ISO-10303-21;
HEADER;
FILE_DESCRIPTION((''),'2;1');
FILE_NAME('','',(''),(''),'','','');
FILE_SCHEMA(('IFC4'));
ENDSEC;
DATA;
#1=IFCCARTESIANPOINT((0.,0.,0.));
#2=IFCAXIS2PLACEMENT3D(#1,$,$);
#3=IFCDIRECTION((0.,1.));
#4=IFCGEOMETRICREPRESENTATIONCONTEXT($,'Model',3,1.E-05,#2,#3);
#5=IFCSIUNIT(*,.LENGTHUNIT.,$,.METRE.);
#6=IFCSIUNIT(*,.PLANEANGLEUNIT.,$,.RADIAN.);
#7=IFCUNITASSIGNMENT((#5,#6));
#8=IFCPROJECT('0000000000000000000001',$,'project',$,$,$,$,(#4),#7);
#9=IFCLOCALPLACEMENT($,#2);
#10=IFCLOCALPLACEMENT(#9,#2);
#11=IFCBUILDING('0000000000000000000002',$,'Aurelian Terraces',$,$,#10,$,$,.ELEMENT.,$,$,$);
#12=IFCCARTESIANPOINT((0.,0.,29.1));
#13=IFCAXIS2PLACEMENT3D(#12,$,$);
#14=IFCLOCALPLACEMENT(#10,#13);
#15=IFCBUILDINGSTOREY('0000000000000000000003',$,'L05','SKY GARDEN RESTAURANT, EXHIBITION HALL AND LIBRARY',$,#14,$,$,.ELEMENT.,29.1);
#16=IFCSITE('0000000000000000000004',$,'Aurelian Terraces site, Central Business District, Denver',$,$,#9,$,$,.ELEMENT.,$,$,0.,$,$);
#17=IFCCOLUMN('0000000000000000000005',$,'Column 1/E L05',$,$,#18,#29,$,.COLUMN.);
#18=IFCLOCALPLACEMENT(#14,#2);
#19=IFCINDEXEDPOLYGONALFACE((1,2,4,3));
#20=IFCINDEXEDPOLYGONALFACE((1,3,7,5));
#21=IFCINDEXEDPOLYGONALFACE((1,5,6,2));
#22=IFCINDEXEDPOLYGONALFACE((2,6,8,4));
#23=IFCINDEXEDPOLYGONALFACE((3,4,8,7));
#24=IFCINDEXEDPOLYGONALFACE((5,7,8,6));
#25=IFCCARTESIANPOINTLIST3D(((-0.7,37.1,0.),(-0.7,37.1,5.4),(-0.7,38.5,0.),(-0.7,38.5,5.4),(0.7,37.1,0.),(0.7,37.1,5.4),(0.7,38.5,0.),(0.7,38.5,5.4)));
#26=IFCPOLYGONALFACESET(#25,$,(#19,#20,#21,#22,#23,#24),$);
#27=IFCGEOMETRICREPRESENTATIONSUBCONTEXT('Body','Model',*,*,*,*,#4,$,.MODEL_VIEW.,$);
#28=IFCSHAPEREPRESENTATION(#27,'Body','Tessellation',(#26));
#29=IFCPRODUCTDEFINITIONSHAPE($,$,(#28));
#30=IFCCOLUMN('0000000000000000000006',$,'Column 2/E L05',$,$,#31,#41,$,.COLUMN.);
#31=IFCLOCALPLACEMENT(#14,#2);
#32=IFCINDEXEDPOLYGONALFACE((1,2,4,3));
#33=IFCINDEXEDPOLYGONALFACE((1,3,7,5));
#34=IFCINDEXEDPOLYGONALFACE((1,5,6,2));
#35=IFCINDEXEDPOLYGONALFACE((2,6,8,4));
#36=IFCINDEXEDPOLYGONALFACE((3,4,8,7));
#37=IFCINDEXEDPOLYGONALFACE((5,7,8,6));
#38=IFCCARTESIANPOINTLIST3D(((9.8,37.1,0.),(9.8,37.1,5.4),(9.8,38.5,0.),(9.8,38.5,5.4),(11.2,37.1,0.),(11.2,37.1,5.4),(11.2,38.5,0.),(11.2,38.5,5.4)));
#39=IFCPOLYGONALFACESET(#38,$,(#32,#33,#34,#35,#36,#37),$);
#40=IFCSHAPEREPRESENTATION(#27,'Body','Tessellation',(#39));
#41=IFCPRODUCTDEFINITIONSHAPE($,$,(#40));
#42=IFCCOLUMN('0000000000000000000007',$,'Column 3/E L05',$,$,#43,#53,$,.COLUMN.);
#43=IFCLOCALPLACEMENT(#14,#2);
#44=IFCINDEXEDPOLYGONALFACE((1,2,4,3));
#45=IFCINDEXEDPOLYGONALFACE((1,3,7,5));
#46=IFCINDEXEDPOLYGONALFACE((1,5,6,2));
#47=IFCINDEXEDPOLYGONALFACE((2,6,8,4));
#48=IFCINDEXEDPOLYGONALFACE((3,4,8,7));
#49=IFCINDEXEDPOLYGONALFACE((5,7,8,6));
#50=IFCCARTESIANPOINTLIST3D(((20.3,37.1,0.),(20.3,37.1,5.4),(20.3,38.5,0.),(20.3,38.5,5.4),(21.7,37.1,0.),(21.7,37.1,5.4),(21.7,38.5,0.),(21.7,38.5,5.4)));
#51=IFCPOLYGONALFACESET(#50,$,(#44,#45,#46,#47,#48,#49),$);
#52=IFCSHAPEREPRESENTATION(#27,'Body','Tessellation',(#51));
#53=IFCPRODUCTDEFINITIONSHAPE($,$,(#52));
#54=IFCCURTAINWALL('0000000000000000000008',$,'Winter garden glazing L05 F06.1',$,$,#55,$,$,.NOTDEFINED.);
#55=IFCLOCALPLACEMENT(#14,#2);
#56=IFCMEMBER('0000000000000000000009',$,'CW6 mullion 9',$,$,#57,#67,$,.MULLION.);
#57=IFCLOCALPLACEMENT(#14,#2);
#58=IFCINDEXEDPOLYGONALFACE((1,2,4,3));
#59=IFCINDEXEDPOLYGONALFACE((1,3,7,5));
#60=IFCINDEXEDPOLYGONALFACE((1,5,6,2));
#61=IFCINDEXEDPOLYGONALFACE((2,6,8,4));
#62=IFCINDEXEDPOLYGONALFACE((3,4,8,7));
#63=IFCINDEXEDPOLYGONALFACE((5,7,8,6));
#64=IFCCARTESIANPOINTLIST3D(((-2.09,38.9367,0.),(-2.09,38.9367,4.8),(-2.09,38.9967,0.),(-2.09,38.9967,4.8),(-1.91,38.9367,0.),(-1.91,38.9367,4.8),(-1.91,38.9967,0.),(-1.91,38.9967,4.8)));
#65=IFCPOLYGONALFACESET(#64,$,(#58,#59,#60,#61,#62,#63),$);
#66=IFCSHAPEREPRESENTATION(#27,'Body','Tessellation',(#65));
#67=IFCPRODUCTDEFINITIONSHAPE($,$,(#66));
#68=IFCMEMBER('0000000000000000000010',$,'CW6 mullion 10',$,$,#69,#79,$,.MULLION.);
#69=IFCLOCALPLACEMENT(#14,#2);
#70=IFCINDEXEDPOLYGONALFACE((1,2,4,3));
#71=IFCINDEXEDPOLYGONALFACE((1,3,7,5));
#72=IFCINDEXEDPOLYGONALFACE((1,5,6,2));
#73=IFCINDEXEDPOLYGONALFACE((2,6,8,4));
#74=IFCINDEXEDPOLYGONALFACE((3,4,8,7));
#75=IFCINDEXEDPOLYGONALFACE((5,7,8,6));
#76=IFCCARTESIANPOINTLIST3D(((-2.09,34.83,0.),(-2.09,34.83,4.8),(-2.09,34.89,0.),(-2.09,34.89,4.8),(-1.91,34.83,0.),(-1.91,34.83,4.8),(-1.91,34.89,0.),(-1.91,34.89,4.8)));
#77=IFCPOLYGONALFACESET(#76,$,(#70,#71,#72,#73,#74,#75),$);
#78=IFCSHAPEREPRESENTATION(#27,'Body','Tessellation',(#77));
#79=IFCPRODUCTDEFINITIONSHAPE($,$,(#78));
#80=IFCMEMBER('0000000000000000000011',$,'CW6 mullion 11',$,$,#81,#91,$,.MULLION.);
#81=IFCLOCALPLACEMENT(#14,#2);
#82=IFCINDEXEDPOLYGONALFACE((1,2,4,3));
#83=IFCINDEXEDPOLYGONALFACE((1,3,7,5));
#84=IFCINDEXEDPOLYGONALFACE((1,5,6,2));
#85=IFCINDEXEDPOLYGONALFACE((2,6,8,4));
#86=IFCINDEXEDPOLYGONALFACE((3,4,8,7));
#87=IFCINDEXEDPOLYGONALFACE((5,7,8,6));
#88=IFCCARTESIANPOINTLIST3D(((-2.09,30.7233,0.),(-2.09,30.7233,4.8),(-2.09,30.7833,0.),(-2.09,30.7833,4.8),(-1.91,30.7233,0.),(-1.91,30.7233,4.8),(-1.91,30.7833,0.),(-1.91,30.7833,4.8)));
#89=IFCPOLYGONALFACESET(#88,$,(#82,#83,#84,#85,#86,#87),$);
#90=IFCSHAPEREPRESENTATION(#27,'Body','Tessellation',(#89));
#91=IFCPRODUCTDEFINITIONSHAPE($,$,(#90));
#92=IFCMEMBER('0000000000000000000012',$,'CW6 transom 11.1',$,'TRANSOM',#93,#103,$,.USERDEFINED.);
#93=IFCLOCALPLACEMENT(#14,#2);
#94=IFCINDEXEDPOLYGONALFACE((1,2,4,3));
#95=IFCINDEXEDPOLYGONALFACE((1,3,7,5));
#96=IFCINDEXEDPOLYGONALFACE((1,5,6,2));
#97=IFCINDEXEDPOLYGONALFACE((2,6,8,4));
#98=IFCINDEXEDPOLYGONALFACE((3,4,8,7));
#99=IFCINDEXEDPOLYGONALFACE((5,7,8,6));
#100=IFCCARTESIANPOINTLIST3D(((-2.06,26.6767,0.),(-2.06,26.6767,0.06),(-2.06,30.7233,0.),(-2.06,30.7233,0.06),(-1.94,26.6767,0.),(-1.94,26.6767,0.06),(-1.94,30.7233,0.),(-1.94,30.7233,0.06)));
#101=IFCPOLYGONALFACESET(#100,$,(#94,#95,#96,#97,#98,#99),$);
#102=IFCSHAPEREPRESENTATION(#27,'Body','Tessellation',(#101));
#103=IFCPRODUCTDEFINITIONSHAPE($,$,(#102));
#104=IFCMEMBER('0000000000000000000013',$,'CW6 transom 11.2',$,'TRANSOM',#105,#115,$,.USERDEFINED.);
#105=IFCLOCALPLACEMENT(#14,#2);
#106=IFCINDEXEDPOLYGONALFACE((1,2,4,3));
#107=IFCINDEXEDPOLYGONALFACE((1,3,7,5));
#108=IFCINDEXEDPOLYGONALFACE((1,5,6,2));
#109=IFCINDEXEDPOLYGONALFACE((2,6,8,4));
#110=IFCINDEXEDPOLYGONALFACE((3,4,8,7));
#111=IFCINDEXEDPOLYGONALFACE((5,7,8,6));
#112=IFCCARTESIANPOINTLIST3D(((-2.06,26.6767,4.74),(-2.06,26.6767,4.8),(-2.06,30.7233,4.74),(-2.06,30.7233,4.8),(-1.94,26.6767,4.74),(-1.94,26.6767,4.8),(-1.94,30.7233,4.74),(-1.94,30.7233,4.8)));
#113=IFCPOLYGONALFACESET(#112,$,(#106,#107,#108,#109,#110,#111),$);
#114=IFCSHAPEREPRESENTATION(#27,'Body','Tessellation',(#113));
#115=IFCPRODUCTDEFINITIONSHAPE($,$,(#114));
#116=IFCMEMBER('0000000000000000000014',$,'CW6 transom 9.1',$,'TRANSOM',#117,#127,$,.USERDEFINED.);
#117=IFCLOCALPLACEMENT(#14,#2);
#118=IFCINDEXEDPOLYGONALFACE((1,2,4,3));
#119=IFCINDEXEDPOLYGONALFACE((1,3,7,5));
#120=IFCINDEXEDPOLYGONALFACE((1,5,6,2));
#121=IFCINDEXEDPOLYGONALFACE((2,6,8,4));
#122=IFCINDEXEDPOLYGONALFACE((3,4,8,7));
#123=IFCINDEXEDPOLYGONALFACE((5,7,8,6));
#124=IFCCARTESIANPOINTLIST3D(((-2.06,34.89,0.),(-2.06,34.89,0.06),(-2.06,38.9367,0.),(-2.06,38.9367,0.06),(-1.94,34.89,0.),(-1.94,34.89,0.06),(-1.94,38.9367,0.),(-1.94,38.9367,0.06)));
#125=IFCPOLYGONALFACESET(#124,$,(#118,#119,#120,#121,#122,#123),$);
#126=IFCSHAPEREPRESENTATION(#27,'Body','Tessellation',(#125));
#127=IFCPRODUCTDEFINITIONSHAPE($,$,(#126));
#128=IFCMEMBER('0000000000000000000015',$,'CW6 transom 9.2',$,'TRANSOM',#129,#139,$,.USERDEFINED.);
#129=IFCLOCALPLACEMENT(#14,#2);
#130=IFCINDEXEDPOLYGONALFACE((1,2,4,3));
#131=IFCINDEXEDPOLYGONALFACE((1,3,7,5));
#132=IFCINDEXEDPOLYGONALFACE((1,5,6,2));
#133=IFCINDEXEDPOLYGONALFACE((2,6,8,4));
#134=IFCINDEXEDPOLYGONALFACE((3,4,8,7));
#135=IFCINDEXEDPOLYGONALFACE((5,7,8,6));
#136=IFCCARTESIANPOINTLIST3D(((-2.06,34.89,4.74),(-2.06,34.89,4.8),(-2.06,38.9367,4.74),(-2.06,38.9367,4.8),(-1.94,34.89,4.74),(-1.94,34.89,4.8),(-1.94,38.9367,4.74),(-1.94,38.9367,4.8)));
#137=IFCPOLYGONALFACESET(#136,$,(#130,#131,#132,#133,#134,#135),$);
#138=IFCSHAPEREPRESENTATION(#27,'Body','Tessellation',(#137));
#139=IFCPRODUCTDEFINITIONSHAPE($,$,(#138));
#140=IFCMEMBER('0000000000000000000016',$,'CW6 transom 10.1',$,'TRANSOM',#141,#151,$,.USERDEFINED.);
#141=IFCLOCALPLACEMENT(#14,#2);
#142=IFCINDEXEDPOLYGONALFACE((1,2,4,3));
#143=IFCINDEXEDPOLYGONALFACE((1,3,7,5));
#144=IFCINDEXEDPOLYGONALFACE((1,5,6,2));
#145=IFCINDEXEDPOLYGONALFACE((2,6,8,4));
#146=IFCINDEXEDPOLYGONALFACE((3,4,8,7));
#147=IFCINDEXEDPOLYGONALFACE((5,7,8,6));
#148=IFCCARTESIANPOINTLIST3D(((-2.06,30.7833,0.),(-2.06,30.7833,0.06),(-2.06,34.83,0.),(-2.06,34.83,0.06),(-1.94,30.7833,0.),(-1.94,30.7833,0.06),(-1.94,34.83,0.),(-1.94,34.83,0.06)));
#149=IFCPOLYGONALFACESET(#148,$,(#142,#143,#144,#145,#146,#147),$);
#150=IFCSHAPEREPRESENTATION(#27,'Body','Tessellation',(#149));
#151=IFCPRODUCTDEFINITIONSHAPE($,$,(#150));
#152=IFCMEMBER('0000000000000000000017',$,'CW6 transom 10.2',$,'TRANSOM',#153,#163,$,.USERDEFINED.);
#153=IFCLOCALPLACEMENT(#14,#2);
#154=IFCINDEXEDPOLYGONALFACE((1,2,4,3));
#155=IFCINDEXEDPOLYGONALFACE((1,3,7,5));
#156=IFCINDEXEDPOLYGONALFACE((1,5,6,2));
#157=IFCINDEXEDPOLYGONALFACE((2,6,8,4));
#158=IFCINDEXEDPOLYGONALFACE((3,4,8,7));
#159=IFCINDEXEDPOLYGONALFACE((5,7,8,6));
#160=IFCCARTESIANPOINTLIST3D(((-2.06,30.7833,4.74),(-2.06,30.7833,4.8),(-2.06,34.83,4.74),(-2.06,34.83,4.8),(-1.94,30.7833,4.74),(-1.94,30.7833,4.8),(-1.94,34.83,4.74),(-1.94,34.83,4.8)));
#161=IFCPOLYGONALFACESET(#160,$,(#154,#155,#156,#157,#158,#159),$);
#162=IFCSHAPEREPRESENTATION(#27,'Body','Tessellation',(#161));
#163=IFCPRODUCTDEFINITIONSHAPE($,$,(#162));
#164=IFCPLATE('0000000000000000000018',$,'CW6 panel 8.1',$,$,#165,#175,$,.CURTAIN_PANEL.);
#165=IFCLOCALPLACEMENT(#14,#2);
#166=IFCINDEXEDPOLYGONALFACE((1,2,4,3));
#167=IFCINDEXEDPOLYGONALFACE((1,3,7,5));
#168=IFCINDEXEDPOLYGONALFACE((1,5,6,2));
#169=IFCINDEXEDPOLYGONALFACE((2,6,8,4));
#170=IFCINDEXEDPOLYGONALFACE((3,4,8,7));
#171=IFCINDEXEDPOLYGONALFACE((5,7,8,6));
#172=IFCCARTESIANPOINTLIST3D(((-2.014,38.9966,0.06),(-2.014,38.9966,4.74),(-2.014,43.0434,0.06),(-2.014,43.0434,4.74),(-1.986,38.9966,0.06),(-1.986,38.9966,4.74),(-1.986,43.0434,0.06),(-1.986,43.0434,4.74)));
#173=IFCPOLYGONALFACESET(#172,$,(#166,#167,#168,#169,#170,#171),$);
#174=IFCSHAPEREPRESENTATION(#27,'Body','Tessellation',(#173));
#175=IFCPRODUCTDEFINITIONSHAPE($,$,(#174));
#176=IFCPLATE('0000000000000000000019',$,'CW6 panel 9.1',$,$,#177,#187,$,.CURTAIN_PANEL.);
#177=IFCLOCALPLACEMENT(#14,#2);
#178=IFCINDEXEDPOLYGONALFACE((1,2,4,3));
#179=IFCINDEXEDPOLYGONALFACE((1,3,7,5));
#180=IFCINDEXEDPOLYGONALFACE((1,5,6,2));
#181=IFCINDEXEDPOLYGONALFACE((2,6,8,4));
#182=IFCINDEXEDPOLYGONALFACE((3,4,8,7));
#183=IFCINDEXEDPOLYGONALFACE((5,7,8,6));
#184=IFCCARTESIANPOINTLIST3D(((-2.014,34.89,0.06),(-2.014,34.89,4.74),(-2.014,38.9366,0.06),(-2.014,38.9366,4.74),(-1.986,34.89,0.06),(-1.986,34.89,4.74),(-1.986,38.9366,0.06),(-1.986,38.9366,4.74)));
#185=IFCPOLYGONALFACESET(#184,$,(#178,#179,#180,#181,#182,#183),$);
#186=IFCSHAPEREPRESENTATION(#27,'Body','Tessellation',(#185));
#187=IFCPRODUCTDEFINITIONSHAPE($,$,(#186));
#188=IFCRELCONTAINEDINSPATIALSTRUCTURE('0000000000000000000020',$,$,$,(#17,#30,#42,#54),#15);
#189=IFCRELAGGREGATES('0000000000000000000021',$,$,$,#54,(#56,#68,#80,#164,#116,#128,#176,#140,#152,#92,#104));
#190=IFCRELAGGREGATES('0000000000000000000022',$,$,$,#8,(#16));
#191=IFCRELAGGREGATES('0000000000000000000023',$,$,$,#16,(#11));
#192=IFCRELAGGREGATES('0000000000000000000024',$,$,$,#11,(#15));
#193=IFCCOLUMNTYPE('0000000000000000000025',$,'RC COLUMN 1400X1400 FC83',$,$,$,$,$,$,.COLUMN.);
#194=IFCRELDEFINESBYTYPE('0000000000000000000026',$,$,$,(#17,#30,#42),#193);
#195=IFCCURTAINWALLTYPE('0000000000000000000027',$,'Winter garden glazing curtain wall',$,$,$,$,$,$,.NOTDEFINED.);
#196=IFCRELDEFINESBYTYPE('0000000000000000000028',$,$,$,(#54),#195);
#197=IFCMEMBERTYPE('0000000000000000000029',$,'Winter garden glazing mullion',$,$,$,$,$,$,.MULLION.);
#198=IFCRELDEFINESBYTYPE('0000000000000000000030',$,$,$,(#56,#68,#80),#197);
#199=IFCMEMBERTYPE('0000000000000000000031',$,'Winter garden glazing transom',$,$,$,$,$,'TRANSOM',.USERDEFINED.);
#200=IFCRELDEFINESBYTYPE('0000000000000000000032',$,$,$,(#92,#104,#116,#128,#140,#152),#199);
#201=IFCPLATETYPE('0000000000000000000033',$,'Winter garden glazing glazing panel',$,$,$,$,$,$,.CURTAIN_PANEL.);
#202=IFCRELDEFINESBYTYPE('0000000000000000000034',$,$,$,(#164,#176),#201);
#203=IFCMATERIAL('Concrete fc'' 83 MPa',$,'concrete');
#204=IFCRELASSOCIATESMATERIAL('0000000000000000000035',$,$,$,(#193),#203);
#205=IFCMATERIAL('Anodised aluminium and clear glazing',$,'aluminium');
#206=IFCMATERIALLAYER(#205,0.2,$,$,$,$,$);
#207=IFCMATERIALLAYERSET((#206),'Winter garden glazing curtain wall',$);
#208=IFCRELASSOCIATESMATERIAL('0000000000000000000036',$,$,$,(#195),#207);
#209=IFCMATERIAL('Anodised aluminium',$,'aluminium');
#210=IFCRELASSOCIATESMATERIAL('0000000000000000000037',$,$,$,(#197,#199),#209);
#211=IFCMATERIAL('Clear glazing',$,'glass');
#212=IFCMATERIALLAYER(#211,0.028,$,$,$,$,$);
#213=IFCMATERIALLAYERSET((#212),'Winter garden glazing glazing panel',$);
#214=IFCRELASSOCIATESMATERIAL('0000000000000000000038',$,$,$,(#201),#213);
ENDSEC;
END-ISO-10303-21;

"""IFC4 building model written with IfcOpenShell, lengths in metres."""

from ifc_helpers import new_model, si_unit, direction, frame, origin, origin_2d, place, context, subcontext, project, spatial, rectangle, extrude, source, transform, mapped, material, layer, layer_set, material_profile, profile_set, type_object, element, aggregate, save


model = new_model("IFC4")

# Units and contexts
model_context = context("Model", 3, precision=1e-05, world=origin(), true_north=direction((0.0, 1.0)))
body_context = subcontext(model_context, "Body", "Model", "MODEL_VIEW")
ifc_project = project(units=[si_unit("LENGTHUNIT", "METRE"), si_unit("PLANEANGLEUNIT", "RADIAN")], contexts=[model_context])

# Site, building, storey
site_placement = place(None, origin())
site = spatial("IfcSite", under=ifc_project, at=site_placement, Name="Aurelian Terraces site, Central Business District, Denver", CompositionType="ELEMENT", RefElevation=0.0)
building_placement = place(site_placement, origin())
building = spatial("IfcBuilding", under=site, at=building_placement, Name="Aurelian Terraces", CompositionType="ELEMENT")
storey_placement = place(building_placement, frame((0.0, 0.0, 29.1)))
storey = spatial("IfcBuildingStorey", under=building, at=storey_placement, Name="L05", Description="SKY GARDEN RESTAURANT, EXHIBITION HALL AND LIBRARY", CompositionType="ELEMENT", Elevation=29.1)

# Columns
ifc_material_1 = material(Name="Concrete fc' 83 MPa", Category="concrete")
ifc_material_profile_1 = material_profile(ifc_material_1, rectangle(XDim=1.4, YDim=1.4, at=origin_2d()))
ifc_profile_set_1 = profile_set([ifc_material_profile_1], Name="Concrete fc' 83 MPa")
column_type = type_object("IfcColumnType", Name="RC COLUMN 1400X1400 FC83", PredefinedType="COLUMN", material=ifc_profile_set_1)
shared_shape_1 = source(origin(), body_context, "Body", "SweptSolid", [
    extrude(rectangle(XDim=1.4, YDim=1.4, at=origin_2d()), origin(), (0.0, 0.0, 1.0), 5.4),
])
for number, where, z_axis, x_axis, name in (
    (1, (0.0, 37.8, 0.0), (0.0, 0.0, 1.0), (1.0, 0.0, 0.0), "Column 1/E L05"),
    (2, (10.5, 37.8, 0.0), (0.0, 0.0, 1.0), (1.0, 0.0, 0.0), "Column 2/E L05"),
    (3, (21.0, 37.8, 0.0), (0.0, 0.0, 1.0), (1.0, 0.0, 0.0), "Column 3/E L05"),
):
    element("IfcColumn", number, at=place(storey_placement, frame(where, z_axis=z_axis, x_axis=x_axis)), inside=storey, type_object=column_type, Name=name, PredefinedType="COLUMN", context=body_context, shape_type="MappedRepresentation", body=[
        mapped(shared_shape_1, transform((0.0, 0.0, 0.0), scale=1.0)),
    ])

# Curtain wall, members, plates
ifc_material_2 = material(Name="Anodised aluminium and clear glazing", Category="aluminium")
ifc_layer_1 = layer(ifc_material_2, 0.2)
ifc_layer_set_1 = layer_set([ifc_layer_1], Name="Winter garden glazing curtain wall")
curtain_wall_type = type_object("IfcCurtainWallType", Name="Winter garden glazing curtain wall", PredefinedType="NOTDEFINED", material=ifc_layer_set_1)
curtain_wall_placement = place(storey_placement, origin())
curtain_wall = element("IfcCurtainWall", 4, at=curtain_wall_placement, inside=storey, type_object=curtain_wall_type, Name="Winter garden glazing L05 F06.1", PredefinedType="NOTDEFINED")
ifc_material_3 = material(Name="Anodised aluminium", Category="aluminium")
ifc_material_profile_2 = material_profile(ifc_material_3, rectangle(XDim=0.18, YDim=0.06, at=origin_2d()))
ifc_profile_set_2 = profile_set([ifc_material_profile_2], Name="Anodised aluminium")
member_type_1 = type_object("IfcMemberType", Name="Winter garden glazing mullion", PredefinedType="MULLION", material=ifc_profile_set_2)
shared_shape_2 = source(origin(), body_context, "Body", "SweptSolid", [
    extrude(rectangle(XDim=0.18, YDim=0.06, at=origin_2d()), origin(), (0.0, 0.0, 1.0), 4.8),
])
member_1_placement = place(storey_placement, frame((-2.0, 38.9667, 0.0), z_axis=(0.0, 0.0, 1.0), x_axis=(1.0, 0.0, 0.0)))
member_1 = element("IfcMember", 5, at=member_1_placement, type_object=member_type_1, Name="CW6 mullion 9", PredefinedType="MULLION", context=body_context, shape_type="MappedRepresentation", body=[
    mapped(shared_shape_2, transform((0.0, 0.0, 0.0), scale=1.0)),
])
member_2_placement = place(storey_placement, frame((-2.0, 34.86, 0.0), z_axis=(0.0, 0.0, 1.0), x_axis=(1.0, 0.0, 0.0)))
member_2 = element("IfcMember", 6, at=member_2_placement, type_object=member_type_1, Name="CW6 mullion 10", PredefinedType="MULLION", context=body_context, shape_type="MappedRepresentation", body=[
    mapped(shared_shape_2, transform((0.0, 0.0, 0.0), scale=1.0)),
])
member_3_placement = place(storey_placement, frame((-2.0, 30.7533, 0.0), z_axis=(0.0, 0.0, 1.0), x_axis=(1.0, 0.0, 0.0)))
member_3 = element("IfcMember", 7, at=member_3_placement, type_object=member_type_1, Name="CW6 mullion 11", PredefinedType="MULLION", context=body_context, shape_type="MappedRepresentation", body=[
    mapped(shared_shape_2, transform((0.0, 0.0, 0.0), scale=1.0)),
])
ifc_material_profile_3 = material_profile(ifc_material_3, rectangle(XDim=0.12, YDim=0.06, at=origin_2d()))
ifc_profile_set_3 = profile_set([ifc_material_profile_3], Name="Anodised aluminium")
member_type_2 = type_object("IfcMemberType", Name="Winter garden glazing transom", ElementType="TRANSOM", PredefinedType="USERDEFINED", material=ifc_profile_set_3)
shared_shape_3 = source(origin(), body_context, "Body", "SweptSolid", [
    extrude(rectangle(XDim=0.12, YDim=0.06, at=origin_2d()), origin(), (0.0, 0.0, 1.0), 4.0466),
])
member_4_placement = place(storey_placement, frame((-2.0, 30.7233, 0.03), z_axis=(0.0, -1.0, 0.0), x_axis=(1.0, 0.0, 0.0)))
member_4 = element("IfcMember", 8, at=member_4_placement, type_object=member_type_2, Name="CW6 transom 11.1", ObjectType="TRANSOM", PredefinedType="USERDEFINED", context=body_context, shape_type="MappedRepresentation", body=[
    mapped(shared_shape_3, transform((0.0, 0.0, 0.0), scale=1.0)),
])
member_5_placement = place(storey_placement, frame((-2.0, 30.7233, 4.77), z_axis=(0.0, -1.0, 0.0), x_axis=(1.0, 0.0, 0.0)))
member_5 = element("IfcMember", 9, at=member_5_placement, type_object=member_type_2, Name="CW6 transom 11.2", ObjectType="TRANSOM", PredefinedType="USERDEFINED", context=body_context, shape_type="MappedRepresentation", body=[
    mapped(shared_shape_3, transform((0.0, 0.0, 0.0), scale=1.0)),
])
shared_shape_4 = source(origin(), body_context, "Body", "SweptSolid", [
    extrude(rectangle(XDim=0.12, YDim=0.06, at=origin_2d()), origin(), (0.0, 0.0, 1.0), 4.0467),
])
member_6_placement = place(storey_placement, frame((-2.0, 38.9367, 0.03), z_axis=(0.0, -1.0, 0.0), x_axis=(1.0, 0.0, 0.0)))
member_6 = element("IfcMember", 10, at=member_6_placement, type_object=member_type_2, Name="CW6 transom 9.1", ObjectType="TRANSOM", PredefinedType="USERDEFINED", context=body_context, shape_type="MappedRepresentation", body=[
    mapped(shared_shape_4, transform((0.0, 0.0, 0.0), scale=1.0)),
])
member_7_placement = place(storey_placement, frame((-2.0, 38.9367, 4.77), z_axis=(0.0, -1.0, 0.0), x_axis=(1.0, 0.0, 0.0)))
member_7 = element("IfcMember", 11, at=member_7_placement, type_object=member_type_2, Name="CW6 transom 9.2", ObjectType="TRANSOM", PredefinedType="USERDEFINED", context=body_context, shape_type="MappedRepresentation", body=[
    mapped(shared_shape_4, transform((0.0, 0.0, 0.0), scale=1.0)),
])
member_8_placement = place(storey_placement, frame((-2.0, 34.83, 0.03), z_axis=(0.0, -1.0, 0.0), x_axis=(1.0, 0.0, 0.0)))
member_8 = element("IfcMember", 12, at=member_8_placement, type_object=member_type_2, Name="CW6 transom 10.1", ObjectType="TRANSOM", PredefinedType="USERDEFINED", context=body_context, shape_type="MappedRepresentation", body=[
    mapped(shared_shape_4, transform((0.0, 0.0, 0.0), scale=1.0)),
])
member_9_placement = place(storey_placement, frame((-2.0, 34.83, 4.77), z_axis=(0.0, -1.0, 0.0), x_axis=(1.0, 0.0, 0.0)))
member_9 = element("IfcMember", 13, at=member_9_placement, type_object=member_type_2, Name="CW6 transom 10.2", ObjectType="TRANSOM", PredefinedType="USERDEFINED", context=body_context, shape_type="MappedRepresentation", body=[
    mapped(shared_shape_4, transform((0.0, 0.0, 0.0), scale=1.0)),
])
ifc_material_4 = material(Name="Clear glazing", Category="glass")
ifc_layer_2 = layer(ifc_material_4, 0.028)
ifc_layer_set_2 = layer_set([ifc_layer_2], Name="Winter garden glazing glazing panel")
plate_type = type_object("IfcPlateType", Name="Winter garden glazing glazing panel", PredefinedType="CURTAIN_PANEL", material=ifc_layer_set_2)
shared_shape_5 = source(origin(), body_context, "Body", "SweptSolid", [
    extrude(rectangle(XDim=4.0467, YDim=0.028, at=origin_2d()), origin(), (0.0, 0.0, 1.0), 4.68),
])
plate_1_placement = place(storey_placement, frame((-2.0, 41.02, 0.06), z_axis=(0.0, 0.0, 1.0), x_axis=(0.0, -1.0, 0.0)))
plate_1 = element("IfcPlate", 14, at=plate_1_placement, type_object=plate_type, Name="CW6 panel 8.1", PredefinedType="CURTAIN_PANEL", context=body_context, shape_type="MappedRepresentation", body=[
    mapped(shared_shape_5, transform((0.0, 0.0, 0.0), scale=1.0)),
])
plate_2_placement = place(storey_placement, frame((-2.0, 36.9133, 0.06), z_axis=(0.0, 0.0, 1.0), x_axis=(0.0, -1.0, 0.0)))
plate_2 = element("IfcPlate", 15, at=plate_2_placement, type_object=plate_type, Name="CW6 panel 9.1", PredefinedType="CURTAIN_PANEL", context=body_context, shape_type="MappedRepresentation", body=[
    mapped(shared_shape_5, transform((0.0, 0.0, 0.0), scale=1.0)),
])
aggregate(curtain_wall, [member_1, member_2, member_3, plate_1, member_6, member_7, plate_2, member_8, member_9, member_4, member_5])

save(model, "model.ifc")
